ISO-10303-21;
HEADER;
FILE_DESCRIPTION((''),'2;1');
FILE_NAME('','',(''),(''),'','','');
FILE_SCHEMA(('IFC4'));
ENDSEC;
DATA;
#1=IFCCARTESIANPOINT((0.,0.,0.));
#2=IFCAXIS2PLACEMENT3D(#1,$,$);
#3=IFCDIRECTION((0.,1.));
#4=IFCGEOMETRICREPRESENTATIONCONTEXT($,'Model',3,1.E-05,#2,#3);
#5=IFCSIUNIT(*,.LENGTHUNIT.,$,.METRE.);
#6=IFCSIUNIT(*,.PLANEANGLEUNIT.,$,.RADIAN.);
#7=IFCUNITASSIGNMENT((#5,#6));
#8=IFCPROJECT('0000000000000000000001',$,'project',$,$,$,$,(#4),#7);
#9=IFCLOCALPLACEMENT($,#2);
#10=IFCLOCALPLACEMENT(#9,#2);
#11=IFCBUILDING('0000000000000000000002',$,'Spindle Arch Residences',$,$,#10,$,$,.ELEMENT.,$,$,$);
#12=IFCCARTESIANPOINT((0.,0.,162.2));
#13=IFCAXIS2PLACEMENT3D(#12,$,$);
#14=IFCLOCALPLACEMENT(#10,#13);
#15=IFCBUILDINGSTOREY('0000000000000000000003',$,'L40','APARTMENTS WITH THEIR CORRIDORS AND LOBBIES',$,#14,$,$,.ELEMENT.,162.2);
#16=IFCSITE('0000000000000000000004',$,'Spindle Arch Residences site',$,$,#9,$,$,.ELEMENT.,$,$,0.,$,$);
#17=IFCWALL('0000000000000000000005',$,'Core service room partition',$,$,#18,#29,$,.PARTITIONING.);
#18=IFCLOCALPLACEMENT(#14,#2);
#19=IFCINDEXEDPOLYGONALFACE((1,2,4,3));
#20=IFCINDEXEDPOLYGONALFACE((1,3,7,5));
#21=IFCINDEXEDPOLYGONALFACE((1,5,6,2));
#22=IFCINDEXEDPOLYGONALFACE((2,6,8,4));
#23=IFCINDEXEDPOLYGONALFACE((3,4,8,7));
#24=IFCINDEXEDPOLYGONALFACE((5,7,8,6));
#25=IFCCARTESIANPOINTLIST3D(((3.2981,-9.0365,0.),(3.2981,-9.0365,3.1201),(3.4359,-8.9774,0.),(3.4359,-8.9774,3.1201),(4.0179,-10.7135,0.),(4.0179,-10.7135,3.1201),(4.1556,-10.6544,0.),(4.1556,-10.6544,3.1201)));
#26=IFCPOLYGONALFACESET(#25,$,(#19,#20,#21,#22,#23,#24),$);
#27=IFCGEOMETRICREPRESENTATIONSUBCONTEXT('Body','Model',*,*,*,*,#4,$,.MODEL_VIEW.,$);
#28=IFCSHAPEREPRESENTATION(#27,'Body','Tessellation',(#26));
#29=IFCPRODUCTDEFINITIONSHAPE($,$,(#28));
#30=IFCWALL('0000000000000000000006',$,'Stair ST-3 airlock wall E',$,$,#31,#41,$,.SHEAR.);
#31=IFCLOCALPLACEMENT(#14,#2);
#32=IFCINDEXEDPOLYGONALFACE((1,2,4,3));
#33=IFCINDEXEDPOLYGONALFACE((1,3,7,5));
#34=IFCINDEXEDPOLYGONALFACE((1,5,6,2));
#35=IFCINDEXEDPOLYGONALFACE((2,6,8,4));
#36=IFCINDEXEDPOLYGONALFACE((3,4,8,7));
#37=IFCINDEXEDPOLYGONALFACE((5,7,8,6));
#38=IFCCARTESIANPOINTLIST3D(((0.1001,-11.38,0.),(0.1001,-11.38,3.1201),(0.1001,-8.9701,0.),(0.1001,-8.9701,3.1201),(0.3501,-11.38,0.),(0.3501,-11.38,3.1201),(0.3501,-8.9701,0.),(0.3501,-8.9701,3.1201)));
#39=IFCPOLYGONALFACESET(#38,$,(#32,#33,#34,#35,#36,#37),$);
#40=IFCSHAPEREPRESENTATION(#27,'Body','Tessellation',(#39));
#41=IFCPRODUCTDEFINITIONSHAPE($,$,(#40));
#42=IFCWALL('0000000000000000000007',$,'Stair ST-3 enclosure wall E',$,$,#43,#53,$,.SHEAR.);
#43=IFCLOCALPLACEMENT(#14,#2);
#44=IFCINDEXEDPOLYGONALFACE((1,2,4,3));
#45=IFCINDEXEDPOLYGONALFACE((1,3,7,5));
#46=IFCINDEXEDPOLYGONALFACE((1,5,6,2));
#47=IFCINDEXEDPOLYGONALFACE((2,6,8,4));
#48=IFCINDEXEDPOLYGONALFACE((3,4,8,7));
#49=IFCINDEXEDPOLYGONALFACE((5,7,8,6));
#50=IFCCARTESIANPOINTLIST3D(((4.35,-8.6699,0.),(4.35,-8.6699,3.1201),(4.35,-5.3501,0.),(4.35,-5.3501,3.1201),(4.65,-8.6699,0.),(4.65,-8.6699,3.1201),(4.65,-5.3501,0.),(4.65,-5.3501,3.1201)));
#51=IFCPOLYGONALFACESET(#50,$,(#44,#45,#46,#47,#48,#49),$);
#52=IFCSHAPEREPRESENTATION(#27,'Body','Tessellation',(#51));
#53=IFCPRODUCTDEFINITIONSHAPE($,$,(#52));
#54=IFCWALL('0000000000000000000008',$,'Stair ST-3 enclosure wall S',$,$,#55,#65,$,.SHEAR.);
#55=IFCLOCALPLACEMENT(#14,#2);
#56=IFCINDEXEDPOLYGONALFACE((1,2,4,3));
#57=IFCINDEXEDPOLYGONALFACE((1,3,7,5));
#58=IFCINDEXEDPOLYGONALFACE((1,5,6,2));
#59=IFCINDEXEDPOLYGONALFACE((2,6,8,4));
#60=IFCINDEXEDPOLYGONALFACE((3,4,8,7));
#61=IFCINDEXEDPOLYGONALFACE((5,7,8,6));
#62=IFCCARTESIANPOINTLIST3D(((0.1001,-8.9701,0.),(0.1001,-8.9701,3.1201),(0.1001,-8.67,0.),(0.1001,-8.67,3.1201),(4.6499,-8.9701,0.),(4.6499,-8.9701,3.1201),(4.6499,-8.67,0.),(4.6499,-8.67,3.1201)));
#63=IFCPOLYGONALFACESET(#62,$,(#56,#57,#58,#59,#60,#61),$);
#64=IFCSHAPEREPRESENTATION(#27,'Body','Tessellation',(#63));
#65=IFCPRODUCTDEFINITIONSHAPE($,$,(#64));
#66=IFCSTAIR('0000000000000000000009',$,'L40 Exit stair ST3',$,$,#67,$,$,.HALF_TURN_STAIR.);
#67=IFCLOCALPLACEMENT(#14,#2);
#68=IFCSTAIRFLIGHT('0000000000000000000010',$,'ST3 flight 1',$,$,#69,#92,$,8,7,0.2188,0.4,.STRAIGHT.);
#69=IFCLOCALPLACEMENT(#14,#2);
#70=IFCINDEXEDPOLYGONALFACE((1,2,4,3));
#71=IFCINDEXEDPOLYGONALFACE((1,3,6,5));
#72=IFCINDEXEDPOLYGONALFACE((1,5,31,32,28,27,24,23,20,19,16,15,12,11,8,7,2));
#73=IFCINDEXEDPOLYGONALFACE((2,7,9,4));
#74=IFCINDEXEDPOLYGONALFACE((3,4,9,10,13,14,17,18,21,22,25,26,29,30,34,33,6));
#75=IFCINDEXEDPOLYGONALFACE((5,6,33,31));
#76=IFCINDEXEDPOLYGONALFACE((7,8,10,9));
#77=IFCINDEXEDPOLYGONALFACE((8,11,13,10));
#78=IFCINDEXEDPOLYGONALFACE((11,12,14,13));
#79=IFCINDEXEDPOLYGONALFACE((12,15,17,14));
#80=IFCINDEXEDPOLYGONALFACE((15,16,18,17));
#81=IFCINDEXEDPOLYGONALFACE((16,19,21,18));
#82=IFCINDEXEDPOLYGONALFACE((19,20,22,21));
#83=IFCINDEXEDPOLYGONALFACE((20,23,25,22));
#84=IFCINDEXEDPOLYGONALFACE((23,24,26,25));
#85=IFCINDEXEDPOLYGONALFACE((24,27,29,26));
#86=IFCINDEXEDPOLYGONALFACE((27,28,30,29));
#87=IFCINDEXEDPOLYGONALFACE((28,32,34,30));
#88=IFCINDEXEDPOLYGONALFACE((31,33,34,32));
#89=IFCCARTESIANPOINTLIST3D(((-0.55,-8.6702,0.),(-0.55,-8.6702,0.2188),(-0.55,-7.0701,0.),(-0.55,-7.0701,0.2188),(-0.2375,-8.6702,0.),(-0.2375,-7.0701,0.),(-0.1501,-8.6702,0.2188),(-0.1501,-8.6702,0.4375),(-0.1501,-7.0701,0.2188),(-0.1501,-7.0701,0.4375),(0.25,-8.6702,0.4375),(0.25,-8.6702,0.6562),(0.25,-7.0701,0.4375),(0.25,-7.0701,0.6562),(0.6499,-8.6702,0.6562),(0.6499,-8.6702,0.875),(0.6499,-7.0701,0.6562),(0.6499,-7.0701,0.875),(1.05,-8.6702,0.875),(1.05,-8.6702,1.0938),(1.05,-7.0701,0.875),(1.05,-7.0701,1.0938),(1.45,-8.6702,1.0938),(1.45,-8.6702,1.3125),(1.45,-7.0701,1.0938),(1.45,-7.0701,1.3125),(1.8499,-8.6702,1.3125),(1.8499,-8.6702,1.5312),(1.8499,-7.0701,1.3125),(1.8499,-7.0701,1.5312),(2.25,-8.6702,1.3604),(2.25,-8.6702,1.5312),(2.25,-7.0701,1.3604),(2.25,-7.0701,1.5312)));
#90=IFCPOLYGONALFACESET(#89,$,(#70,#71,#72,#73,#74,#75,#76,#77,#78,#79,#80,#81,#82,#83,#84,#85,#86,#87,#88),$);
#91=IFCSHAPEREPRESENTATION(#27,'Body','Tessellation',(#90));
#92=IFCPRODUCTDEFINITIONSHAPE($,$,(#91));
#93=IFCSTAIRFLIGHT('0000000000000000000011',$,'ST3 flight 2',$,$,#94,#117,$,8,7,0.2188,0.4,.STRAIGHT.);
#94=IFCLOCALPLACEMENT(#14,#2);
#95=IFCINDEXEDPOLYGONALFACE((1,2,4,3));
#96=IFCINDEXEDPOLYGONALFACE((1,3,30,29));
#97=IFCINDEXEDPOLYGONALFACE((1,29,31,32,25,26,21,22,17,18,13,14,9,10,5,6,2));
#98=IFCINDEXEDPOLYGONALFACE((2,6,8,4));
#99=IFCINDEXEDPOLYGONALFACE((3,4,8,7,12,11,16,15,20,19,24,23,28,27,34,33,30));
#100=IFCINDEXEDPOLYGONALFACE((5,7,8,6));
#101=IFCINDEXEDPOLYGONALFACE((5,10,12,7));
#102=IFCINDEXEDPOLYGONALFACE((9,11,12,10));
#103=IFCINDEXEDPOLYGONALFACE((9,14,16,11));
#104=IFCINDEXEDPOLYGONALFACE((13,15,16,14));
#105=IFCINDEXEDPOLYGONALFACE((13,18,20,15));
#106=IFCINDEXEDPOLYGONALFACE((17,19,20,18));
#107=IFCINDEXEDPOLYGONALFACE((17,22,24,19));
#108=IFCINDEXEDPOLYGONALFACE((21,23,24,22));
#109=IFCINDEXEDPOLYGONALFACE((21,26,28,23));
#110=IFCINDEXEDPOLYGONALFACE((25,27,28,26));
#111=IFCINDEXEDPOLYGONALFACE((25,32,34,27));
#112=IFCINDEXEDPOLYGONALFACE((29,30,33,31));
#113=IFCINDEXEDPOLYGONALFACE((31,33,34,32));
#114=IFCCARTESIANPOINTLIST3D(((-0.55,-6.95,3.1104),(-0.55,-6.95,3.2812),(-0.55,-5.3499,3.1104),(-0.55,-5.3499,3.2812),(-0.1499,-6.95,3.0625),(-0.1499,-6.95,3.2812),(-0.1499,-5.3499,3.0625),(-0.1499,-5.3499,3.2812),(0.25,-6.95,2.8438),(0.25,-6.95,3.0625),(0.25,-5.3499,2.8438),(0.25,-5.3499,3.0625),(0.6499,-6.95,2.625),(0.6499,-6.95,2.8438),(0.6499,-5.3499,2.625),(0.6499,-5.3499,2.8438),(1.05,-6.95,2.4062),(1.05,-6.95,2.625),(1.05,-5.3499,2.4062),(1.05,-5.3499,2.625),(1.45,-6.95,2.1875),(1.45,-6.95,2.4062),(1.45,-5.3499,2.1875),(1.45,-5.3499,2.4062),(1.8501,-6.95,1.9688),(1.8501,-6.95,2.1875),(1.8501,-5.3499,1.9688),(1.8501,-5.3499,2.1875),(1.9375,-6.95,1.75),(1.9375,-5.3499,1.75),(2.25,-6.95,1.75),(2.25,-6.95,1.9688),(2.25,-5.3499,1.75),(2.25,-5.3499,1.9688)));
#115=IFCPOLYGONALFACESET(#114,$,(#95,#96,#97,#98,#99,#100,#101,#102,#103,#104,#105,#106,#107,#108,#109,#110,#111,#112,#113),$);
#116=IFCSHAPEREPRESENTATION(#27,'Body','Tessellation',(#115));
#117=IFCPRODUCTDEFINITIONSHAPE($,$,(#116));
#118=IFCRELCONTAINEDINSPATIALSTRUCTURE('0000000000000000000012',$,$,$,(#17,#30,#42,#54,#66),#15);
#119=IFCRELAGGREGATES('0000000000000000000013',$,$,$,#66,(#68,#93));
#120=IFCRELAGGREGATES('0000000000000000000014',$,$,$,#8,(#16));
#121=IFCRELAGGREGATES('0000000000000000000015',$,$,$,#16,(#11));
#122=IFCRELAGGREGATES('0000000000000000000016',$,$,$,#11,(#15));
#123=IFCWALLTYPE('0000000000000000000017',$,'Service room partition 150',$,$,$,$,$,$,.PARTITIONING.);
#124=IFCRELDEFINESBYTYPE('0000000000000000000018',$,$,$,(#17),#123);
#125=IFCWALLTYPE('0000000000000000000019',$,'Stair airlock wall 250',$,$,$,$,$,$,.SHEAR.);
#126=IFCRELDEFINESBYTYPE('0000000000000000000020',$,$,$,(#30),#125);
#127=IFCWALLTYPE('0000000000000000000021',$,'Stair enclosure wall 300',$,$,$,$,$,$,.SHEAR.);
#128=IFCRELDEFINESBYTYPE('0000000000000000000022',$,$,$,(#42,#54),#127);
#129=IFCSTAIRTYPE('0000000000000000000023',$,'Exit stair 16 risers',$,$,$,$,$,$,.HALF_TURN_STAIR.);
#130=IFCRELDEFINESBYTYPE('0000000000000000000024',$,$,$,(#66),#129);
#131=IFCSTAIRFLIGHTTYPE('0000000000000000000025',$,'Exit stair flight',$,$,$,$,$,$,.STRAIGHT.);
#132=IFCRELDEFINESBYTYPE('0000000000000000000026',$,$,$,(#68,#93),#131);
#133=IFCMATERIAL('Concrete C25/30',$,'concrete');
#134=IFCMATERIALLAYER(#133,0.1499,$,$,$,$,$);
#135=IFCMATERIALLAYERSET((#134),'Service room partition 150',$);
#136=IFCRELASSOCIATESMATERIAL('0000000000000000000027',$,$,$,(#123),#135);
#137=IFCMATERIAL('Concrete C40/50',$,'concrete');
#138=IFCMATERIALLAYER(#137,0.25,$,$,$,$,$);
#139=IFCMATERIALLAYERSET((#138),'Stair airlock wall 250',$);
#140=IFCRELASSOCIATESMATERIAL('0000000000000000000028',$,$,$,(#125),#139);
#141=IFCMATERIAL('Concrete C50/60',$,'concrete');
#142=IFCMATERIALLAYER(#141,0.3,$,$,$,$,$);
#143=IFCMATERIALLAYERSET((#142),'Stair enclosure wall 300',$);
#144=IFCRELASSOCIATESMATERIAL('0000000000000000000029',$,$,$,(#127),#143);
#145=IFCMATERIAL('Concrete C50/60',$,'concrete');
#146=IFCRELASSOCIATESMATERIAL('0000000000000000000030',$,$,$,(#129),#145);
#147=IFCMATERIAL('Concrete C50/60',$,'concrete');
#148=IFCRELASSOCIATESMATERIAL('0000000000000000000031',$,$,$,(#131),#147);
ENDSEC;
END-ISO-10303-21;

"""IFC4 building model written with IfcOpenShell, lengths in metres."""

from ifc_helpers import new_model, si_unit, direction, frame, frame_2d, origin, place, context, subcontext, project, spatial, polyline, rectangle, outline, extrude, material, layer, layer_set, type_object, element, aggregate, save


model = new_model("IFC4")

# Units and contexts
model_context = context("Model", 3, precision=1e-05, world=origin(), true_north=direction((0.0, 1.0)))
body_context = subcontext(model_context, "Body", "Model", "MODEL_VIEW")
ifc_project = project(units=[si_unit("LENGTHUNIT", "METRE"), si_unit("PLANEANGLEUNIT", "RADIAN")], contexts=[model_context])

# Site, building, storey
site_placement = place(None, origin())
site = spatial("IfcSite", under=ifc_project, at=site_placement, Name="Spindle Arch Residences site", CompositionType="ELEMENT", RefElevation=0.0)
building_placement = place(site_placement, origin())
building = spatial("IfcBuilding", under=site, at=building_placement, Name="Spindle Arch Residences", CompositionType="ELEMENT")
storey_placement = place(building_placement, frame((0.0, 0.0, 162.2)))
storey = spatial("IfcBuildingStorey", under=building, at=storey_placement, Name="L40", Description="APARTMENTS WITH THEIR CORRIDORS AND LOBBIES", CompositionType="ELEMENT", Elevation=162.2)

# Walls
ifc_material_1 = material(Name="Concrete C25/30", Category="concrete")
ifc_layer_1 = layer(ifc_material_1, 0.1499)
ifc_layer_set_1 = layer_set([ifc_layer_1], Name="Service room partition 150")
wall_type_1 = type_object("IfcWallType", Name="Service room partition 150", PredefinedType="PARTITIONING", material=ifc_layer_set_1)
wall_1_placement = place(storey_placement, frame((3.3669, -9.0068, 0.0), z_axis=(0.0, 0.0, 1.0), x_axis=(0.394387, -0.918944, 0.0)))
element("IfcWall", 1, at=wall_1_placement, inside=storey, type_object=wall_type_1, Name="Core service room partition", PredefinedType="PARTITIONING", context=body_context, shape_type="SweptSolid", body=[
    extrude(rectangle(XDim=1.825, YDim=0.1499, at=frame_2d((0.9126, 0.0))), origin(), (0.0, 0.0, 1.0), 3.1201),
])
ifc_material_2 = material(Name="Concrete C40/50", Category="concrete")
ifc_layer_2 = layer(ifc_material_2, 0.25)
ifc_layer_set_2 = layer_set([ifc_layer_2], Name="Stair airlock wall 250")
wall_type_2 = type_object("IfcWallType", Name="Stair airlock wall 250", PredefinedType="SHEAR", material=ifc_layer_set_2)
wall_2_placement = place(storey_placement, frame((0.2251, -8.97, 0.0), z_axis=(0.0, 0.0, 1.0), x_axis=(0.0, -1.0, 0.0)))
element("IfcWall", 2, at=wall_2_placement, inside=storey, type_object=wall_type_2, Name="Stair ST-3 airlock wall E", PredefinedType="SHEAR", context=body_context, shape_type="SweptSolid", body=[
    extrude(rectangle(XDim=2.4099, YDim=0.25, at=frame_2d((1.2051, 0.0))), origin(), (0.0, 0.0, 1.0), 3.1201),
])
ifc_material_3 = material(Name="Concrete C50/60", Category="concrete")
ifc_layer_3 = layer(ifc_material_3, 0.3)
ifc_layer_set_3 = layer_set([ifc_layer_3], Name="Stair enclosure wall 300")
wall_type_3 = type_object("IfcWallType", Name="Stair enclosure wall 300", PredefinedType="SHEAR", material=ifc_layer_set_3)
wall_3_placement = place(storey_placement, frame((4.5, -8.6699, 0.0), z_axis=(0.0, 0.0, 1.0), x_axis=(0.0, 1.0, 0.0)))
element("IfcWall", 3, at=wall_3_placement, inside=storey, type_object=wall_type_3, Name="Stair ST-3 enclosure wall E", PredefinedType="SHEAR", context=body_context, shape_type="SweptSolid", body=[
    extrude(rectangle(XDim=3.3198, YDim=0.3, at=frame_2d((1.6599, 0.0))), origin(), (0.0, 0.0, 1.0), 3.1201),
])
wall_4_placement = place(storey_placement, frame((0.1001, -8.8201, 0.0), z_axis=(0.0, 0.0, 1.0), x_axis=(1.0, 0.0, 0.0)))
element("IfcWall", 4, at=wall_4_placement, inside=storey, type_object=wall_type_3, Name="Stair ST-3 enclosure wall S", PredefinedType="SHEAR", context=body_context, shape_type="SweptSolid", body=[
    extrude(rectangle(XDim=4.5498, YDim=0.3, at=frame_2d((2.2749, 0.0))), origin(), (0.0, 0.0, 1.0), 3.1201),
])

# Stair, stair flights
ifc_material_4 = material(Name="Concrete C50/60", Category="concrete")
stair_type = type_object("IfcStairType", Name="Exit stair 16 risers", PredefinedType="HALF_TURN_STAIR", material=ifc_material_4)
stair_placement = place(storey_placement, origin())
stair = element("IfcStair", 5, at=stair_placement, inside=storey, type_object=stair_type, Name="L40 Exit stair ST3", PredefinedType="HALF_TURN_STAIR")
ifc_material_5 = material(Name="Concrete C50/60", Category="concrete")
stair_flight_type = type_object("IfcStairFlightType", Name="Exit stair flight", PredefinedType="STRAIGHT", material=ifc_material_5)
stair_flight_1_placement = place(storey_placement, frame((-0.55, -7.8701, 0.0), z_axis=(0.0, 0.0, 1.0), x_axis=(1.0, 0.0, 0.0)))
stair_flight_1 = element("IfcStairFlight", 6, at=stair_flight_1_placement, type_object=stair_flight_type, Name="ST3 flight 1", NumberOfRisers=8, NumberOfTreads=7, PredefinedType="STRAIGHT", RiserHeight=0.2188, TreadLength=0.4, context=body_context, shape_type="SweptSolid", body=[
    extrude(outline(polyline([(0.0, 0.0), (0.0, 0.2188), (0.3999, 0.2188), (0.3999, 0.4375), (0.8, 0.4375), (0.8, 0.6562), (1.2, 0.6562), (1.2, 0.875), (1.6001, 0.875), (1.6001, 1.0938), (2.0, 1.0938), (2.0, 1.3125), (2.3999, 1.3125), (2.3999, 1.5312), (2.8, 1.5312), (2.8, 1.75), (2.8, 1.3604), (0.3125, 0.0), (0.0, 0.0)])), frame((0.0, 0.8, 0.0), z_axis=(0.0, -1.0, 0.0), x_axis=(1.0, 0.0, 0.0)), (0.0, 0.0, 1.0), 1.6001),
])
stair_flight_2_placement = place(storey_placement, frame((2.25, -6.1499, 1.75), z_axis=(0.0, 0.0, 1.0), x_axis=(-1.0, 0.0, 0.0)))
stair_flight_2 = element("IfcStairFlight", 7, at=stair_flight_2_placement, type_object=stair_flight_type, Name="ST3 flight 2", NumberOfRisers=8, NumberOfTreads=7, PredefinedType="STRAIGHT", RiserHeight=0.2188, TreadLength=0.4, context=body_context, shape_type="SweptSolid", body=[
    extrude(outline(polyline([(0.0, 0.0), (0.0, 0.2188), (0.3999, 0.2188), (0.3999, 0.4375), (0.8, 0.4375), (0.8, 0.6562), (1.2, 0.6562), (1.2, 0.875), (1.6001, 0.875), (1.6001, 1.0938), (2.0, 1.0938), (2.0, 1.3125), (2.3999, 1.3125), (2.3999, 1.5312), (2.8, 1.5312), (2.8, 1.75), (2.8, 1.3604), (0.3125, 0.0), (0.0, 0.0)])), frame((0.0, 0.8, 0.0), z_axis=(0.0, -1.0, 0.0), x_axis=(1.0, 0.0, 0.0)), (0.0, 0.0, 1.0), 1.6001),
])
aggregate(stair, [stair_flight_1, stair_flight_2])

save(model, "model.ifc")
